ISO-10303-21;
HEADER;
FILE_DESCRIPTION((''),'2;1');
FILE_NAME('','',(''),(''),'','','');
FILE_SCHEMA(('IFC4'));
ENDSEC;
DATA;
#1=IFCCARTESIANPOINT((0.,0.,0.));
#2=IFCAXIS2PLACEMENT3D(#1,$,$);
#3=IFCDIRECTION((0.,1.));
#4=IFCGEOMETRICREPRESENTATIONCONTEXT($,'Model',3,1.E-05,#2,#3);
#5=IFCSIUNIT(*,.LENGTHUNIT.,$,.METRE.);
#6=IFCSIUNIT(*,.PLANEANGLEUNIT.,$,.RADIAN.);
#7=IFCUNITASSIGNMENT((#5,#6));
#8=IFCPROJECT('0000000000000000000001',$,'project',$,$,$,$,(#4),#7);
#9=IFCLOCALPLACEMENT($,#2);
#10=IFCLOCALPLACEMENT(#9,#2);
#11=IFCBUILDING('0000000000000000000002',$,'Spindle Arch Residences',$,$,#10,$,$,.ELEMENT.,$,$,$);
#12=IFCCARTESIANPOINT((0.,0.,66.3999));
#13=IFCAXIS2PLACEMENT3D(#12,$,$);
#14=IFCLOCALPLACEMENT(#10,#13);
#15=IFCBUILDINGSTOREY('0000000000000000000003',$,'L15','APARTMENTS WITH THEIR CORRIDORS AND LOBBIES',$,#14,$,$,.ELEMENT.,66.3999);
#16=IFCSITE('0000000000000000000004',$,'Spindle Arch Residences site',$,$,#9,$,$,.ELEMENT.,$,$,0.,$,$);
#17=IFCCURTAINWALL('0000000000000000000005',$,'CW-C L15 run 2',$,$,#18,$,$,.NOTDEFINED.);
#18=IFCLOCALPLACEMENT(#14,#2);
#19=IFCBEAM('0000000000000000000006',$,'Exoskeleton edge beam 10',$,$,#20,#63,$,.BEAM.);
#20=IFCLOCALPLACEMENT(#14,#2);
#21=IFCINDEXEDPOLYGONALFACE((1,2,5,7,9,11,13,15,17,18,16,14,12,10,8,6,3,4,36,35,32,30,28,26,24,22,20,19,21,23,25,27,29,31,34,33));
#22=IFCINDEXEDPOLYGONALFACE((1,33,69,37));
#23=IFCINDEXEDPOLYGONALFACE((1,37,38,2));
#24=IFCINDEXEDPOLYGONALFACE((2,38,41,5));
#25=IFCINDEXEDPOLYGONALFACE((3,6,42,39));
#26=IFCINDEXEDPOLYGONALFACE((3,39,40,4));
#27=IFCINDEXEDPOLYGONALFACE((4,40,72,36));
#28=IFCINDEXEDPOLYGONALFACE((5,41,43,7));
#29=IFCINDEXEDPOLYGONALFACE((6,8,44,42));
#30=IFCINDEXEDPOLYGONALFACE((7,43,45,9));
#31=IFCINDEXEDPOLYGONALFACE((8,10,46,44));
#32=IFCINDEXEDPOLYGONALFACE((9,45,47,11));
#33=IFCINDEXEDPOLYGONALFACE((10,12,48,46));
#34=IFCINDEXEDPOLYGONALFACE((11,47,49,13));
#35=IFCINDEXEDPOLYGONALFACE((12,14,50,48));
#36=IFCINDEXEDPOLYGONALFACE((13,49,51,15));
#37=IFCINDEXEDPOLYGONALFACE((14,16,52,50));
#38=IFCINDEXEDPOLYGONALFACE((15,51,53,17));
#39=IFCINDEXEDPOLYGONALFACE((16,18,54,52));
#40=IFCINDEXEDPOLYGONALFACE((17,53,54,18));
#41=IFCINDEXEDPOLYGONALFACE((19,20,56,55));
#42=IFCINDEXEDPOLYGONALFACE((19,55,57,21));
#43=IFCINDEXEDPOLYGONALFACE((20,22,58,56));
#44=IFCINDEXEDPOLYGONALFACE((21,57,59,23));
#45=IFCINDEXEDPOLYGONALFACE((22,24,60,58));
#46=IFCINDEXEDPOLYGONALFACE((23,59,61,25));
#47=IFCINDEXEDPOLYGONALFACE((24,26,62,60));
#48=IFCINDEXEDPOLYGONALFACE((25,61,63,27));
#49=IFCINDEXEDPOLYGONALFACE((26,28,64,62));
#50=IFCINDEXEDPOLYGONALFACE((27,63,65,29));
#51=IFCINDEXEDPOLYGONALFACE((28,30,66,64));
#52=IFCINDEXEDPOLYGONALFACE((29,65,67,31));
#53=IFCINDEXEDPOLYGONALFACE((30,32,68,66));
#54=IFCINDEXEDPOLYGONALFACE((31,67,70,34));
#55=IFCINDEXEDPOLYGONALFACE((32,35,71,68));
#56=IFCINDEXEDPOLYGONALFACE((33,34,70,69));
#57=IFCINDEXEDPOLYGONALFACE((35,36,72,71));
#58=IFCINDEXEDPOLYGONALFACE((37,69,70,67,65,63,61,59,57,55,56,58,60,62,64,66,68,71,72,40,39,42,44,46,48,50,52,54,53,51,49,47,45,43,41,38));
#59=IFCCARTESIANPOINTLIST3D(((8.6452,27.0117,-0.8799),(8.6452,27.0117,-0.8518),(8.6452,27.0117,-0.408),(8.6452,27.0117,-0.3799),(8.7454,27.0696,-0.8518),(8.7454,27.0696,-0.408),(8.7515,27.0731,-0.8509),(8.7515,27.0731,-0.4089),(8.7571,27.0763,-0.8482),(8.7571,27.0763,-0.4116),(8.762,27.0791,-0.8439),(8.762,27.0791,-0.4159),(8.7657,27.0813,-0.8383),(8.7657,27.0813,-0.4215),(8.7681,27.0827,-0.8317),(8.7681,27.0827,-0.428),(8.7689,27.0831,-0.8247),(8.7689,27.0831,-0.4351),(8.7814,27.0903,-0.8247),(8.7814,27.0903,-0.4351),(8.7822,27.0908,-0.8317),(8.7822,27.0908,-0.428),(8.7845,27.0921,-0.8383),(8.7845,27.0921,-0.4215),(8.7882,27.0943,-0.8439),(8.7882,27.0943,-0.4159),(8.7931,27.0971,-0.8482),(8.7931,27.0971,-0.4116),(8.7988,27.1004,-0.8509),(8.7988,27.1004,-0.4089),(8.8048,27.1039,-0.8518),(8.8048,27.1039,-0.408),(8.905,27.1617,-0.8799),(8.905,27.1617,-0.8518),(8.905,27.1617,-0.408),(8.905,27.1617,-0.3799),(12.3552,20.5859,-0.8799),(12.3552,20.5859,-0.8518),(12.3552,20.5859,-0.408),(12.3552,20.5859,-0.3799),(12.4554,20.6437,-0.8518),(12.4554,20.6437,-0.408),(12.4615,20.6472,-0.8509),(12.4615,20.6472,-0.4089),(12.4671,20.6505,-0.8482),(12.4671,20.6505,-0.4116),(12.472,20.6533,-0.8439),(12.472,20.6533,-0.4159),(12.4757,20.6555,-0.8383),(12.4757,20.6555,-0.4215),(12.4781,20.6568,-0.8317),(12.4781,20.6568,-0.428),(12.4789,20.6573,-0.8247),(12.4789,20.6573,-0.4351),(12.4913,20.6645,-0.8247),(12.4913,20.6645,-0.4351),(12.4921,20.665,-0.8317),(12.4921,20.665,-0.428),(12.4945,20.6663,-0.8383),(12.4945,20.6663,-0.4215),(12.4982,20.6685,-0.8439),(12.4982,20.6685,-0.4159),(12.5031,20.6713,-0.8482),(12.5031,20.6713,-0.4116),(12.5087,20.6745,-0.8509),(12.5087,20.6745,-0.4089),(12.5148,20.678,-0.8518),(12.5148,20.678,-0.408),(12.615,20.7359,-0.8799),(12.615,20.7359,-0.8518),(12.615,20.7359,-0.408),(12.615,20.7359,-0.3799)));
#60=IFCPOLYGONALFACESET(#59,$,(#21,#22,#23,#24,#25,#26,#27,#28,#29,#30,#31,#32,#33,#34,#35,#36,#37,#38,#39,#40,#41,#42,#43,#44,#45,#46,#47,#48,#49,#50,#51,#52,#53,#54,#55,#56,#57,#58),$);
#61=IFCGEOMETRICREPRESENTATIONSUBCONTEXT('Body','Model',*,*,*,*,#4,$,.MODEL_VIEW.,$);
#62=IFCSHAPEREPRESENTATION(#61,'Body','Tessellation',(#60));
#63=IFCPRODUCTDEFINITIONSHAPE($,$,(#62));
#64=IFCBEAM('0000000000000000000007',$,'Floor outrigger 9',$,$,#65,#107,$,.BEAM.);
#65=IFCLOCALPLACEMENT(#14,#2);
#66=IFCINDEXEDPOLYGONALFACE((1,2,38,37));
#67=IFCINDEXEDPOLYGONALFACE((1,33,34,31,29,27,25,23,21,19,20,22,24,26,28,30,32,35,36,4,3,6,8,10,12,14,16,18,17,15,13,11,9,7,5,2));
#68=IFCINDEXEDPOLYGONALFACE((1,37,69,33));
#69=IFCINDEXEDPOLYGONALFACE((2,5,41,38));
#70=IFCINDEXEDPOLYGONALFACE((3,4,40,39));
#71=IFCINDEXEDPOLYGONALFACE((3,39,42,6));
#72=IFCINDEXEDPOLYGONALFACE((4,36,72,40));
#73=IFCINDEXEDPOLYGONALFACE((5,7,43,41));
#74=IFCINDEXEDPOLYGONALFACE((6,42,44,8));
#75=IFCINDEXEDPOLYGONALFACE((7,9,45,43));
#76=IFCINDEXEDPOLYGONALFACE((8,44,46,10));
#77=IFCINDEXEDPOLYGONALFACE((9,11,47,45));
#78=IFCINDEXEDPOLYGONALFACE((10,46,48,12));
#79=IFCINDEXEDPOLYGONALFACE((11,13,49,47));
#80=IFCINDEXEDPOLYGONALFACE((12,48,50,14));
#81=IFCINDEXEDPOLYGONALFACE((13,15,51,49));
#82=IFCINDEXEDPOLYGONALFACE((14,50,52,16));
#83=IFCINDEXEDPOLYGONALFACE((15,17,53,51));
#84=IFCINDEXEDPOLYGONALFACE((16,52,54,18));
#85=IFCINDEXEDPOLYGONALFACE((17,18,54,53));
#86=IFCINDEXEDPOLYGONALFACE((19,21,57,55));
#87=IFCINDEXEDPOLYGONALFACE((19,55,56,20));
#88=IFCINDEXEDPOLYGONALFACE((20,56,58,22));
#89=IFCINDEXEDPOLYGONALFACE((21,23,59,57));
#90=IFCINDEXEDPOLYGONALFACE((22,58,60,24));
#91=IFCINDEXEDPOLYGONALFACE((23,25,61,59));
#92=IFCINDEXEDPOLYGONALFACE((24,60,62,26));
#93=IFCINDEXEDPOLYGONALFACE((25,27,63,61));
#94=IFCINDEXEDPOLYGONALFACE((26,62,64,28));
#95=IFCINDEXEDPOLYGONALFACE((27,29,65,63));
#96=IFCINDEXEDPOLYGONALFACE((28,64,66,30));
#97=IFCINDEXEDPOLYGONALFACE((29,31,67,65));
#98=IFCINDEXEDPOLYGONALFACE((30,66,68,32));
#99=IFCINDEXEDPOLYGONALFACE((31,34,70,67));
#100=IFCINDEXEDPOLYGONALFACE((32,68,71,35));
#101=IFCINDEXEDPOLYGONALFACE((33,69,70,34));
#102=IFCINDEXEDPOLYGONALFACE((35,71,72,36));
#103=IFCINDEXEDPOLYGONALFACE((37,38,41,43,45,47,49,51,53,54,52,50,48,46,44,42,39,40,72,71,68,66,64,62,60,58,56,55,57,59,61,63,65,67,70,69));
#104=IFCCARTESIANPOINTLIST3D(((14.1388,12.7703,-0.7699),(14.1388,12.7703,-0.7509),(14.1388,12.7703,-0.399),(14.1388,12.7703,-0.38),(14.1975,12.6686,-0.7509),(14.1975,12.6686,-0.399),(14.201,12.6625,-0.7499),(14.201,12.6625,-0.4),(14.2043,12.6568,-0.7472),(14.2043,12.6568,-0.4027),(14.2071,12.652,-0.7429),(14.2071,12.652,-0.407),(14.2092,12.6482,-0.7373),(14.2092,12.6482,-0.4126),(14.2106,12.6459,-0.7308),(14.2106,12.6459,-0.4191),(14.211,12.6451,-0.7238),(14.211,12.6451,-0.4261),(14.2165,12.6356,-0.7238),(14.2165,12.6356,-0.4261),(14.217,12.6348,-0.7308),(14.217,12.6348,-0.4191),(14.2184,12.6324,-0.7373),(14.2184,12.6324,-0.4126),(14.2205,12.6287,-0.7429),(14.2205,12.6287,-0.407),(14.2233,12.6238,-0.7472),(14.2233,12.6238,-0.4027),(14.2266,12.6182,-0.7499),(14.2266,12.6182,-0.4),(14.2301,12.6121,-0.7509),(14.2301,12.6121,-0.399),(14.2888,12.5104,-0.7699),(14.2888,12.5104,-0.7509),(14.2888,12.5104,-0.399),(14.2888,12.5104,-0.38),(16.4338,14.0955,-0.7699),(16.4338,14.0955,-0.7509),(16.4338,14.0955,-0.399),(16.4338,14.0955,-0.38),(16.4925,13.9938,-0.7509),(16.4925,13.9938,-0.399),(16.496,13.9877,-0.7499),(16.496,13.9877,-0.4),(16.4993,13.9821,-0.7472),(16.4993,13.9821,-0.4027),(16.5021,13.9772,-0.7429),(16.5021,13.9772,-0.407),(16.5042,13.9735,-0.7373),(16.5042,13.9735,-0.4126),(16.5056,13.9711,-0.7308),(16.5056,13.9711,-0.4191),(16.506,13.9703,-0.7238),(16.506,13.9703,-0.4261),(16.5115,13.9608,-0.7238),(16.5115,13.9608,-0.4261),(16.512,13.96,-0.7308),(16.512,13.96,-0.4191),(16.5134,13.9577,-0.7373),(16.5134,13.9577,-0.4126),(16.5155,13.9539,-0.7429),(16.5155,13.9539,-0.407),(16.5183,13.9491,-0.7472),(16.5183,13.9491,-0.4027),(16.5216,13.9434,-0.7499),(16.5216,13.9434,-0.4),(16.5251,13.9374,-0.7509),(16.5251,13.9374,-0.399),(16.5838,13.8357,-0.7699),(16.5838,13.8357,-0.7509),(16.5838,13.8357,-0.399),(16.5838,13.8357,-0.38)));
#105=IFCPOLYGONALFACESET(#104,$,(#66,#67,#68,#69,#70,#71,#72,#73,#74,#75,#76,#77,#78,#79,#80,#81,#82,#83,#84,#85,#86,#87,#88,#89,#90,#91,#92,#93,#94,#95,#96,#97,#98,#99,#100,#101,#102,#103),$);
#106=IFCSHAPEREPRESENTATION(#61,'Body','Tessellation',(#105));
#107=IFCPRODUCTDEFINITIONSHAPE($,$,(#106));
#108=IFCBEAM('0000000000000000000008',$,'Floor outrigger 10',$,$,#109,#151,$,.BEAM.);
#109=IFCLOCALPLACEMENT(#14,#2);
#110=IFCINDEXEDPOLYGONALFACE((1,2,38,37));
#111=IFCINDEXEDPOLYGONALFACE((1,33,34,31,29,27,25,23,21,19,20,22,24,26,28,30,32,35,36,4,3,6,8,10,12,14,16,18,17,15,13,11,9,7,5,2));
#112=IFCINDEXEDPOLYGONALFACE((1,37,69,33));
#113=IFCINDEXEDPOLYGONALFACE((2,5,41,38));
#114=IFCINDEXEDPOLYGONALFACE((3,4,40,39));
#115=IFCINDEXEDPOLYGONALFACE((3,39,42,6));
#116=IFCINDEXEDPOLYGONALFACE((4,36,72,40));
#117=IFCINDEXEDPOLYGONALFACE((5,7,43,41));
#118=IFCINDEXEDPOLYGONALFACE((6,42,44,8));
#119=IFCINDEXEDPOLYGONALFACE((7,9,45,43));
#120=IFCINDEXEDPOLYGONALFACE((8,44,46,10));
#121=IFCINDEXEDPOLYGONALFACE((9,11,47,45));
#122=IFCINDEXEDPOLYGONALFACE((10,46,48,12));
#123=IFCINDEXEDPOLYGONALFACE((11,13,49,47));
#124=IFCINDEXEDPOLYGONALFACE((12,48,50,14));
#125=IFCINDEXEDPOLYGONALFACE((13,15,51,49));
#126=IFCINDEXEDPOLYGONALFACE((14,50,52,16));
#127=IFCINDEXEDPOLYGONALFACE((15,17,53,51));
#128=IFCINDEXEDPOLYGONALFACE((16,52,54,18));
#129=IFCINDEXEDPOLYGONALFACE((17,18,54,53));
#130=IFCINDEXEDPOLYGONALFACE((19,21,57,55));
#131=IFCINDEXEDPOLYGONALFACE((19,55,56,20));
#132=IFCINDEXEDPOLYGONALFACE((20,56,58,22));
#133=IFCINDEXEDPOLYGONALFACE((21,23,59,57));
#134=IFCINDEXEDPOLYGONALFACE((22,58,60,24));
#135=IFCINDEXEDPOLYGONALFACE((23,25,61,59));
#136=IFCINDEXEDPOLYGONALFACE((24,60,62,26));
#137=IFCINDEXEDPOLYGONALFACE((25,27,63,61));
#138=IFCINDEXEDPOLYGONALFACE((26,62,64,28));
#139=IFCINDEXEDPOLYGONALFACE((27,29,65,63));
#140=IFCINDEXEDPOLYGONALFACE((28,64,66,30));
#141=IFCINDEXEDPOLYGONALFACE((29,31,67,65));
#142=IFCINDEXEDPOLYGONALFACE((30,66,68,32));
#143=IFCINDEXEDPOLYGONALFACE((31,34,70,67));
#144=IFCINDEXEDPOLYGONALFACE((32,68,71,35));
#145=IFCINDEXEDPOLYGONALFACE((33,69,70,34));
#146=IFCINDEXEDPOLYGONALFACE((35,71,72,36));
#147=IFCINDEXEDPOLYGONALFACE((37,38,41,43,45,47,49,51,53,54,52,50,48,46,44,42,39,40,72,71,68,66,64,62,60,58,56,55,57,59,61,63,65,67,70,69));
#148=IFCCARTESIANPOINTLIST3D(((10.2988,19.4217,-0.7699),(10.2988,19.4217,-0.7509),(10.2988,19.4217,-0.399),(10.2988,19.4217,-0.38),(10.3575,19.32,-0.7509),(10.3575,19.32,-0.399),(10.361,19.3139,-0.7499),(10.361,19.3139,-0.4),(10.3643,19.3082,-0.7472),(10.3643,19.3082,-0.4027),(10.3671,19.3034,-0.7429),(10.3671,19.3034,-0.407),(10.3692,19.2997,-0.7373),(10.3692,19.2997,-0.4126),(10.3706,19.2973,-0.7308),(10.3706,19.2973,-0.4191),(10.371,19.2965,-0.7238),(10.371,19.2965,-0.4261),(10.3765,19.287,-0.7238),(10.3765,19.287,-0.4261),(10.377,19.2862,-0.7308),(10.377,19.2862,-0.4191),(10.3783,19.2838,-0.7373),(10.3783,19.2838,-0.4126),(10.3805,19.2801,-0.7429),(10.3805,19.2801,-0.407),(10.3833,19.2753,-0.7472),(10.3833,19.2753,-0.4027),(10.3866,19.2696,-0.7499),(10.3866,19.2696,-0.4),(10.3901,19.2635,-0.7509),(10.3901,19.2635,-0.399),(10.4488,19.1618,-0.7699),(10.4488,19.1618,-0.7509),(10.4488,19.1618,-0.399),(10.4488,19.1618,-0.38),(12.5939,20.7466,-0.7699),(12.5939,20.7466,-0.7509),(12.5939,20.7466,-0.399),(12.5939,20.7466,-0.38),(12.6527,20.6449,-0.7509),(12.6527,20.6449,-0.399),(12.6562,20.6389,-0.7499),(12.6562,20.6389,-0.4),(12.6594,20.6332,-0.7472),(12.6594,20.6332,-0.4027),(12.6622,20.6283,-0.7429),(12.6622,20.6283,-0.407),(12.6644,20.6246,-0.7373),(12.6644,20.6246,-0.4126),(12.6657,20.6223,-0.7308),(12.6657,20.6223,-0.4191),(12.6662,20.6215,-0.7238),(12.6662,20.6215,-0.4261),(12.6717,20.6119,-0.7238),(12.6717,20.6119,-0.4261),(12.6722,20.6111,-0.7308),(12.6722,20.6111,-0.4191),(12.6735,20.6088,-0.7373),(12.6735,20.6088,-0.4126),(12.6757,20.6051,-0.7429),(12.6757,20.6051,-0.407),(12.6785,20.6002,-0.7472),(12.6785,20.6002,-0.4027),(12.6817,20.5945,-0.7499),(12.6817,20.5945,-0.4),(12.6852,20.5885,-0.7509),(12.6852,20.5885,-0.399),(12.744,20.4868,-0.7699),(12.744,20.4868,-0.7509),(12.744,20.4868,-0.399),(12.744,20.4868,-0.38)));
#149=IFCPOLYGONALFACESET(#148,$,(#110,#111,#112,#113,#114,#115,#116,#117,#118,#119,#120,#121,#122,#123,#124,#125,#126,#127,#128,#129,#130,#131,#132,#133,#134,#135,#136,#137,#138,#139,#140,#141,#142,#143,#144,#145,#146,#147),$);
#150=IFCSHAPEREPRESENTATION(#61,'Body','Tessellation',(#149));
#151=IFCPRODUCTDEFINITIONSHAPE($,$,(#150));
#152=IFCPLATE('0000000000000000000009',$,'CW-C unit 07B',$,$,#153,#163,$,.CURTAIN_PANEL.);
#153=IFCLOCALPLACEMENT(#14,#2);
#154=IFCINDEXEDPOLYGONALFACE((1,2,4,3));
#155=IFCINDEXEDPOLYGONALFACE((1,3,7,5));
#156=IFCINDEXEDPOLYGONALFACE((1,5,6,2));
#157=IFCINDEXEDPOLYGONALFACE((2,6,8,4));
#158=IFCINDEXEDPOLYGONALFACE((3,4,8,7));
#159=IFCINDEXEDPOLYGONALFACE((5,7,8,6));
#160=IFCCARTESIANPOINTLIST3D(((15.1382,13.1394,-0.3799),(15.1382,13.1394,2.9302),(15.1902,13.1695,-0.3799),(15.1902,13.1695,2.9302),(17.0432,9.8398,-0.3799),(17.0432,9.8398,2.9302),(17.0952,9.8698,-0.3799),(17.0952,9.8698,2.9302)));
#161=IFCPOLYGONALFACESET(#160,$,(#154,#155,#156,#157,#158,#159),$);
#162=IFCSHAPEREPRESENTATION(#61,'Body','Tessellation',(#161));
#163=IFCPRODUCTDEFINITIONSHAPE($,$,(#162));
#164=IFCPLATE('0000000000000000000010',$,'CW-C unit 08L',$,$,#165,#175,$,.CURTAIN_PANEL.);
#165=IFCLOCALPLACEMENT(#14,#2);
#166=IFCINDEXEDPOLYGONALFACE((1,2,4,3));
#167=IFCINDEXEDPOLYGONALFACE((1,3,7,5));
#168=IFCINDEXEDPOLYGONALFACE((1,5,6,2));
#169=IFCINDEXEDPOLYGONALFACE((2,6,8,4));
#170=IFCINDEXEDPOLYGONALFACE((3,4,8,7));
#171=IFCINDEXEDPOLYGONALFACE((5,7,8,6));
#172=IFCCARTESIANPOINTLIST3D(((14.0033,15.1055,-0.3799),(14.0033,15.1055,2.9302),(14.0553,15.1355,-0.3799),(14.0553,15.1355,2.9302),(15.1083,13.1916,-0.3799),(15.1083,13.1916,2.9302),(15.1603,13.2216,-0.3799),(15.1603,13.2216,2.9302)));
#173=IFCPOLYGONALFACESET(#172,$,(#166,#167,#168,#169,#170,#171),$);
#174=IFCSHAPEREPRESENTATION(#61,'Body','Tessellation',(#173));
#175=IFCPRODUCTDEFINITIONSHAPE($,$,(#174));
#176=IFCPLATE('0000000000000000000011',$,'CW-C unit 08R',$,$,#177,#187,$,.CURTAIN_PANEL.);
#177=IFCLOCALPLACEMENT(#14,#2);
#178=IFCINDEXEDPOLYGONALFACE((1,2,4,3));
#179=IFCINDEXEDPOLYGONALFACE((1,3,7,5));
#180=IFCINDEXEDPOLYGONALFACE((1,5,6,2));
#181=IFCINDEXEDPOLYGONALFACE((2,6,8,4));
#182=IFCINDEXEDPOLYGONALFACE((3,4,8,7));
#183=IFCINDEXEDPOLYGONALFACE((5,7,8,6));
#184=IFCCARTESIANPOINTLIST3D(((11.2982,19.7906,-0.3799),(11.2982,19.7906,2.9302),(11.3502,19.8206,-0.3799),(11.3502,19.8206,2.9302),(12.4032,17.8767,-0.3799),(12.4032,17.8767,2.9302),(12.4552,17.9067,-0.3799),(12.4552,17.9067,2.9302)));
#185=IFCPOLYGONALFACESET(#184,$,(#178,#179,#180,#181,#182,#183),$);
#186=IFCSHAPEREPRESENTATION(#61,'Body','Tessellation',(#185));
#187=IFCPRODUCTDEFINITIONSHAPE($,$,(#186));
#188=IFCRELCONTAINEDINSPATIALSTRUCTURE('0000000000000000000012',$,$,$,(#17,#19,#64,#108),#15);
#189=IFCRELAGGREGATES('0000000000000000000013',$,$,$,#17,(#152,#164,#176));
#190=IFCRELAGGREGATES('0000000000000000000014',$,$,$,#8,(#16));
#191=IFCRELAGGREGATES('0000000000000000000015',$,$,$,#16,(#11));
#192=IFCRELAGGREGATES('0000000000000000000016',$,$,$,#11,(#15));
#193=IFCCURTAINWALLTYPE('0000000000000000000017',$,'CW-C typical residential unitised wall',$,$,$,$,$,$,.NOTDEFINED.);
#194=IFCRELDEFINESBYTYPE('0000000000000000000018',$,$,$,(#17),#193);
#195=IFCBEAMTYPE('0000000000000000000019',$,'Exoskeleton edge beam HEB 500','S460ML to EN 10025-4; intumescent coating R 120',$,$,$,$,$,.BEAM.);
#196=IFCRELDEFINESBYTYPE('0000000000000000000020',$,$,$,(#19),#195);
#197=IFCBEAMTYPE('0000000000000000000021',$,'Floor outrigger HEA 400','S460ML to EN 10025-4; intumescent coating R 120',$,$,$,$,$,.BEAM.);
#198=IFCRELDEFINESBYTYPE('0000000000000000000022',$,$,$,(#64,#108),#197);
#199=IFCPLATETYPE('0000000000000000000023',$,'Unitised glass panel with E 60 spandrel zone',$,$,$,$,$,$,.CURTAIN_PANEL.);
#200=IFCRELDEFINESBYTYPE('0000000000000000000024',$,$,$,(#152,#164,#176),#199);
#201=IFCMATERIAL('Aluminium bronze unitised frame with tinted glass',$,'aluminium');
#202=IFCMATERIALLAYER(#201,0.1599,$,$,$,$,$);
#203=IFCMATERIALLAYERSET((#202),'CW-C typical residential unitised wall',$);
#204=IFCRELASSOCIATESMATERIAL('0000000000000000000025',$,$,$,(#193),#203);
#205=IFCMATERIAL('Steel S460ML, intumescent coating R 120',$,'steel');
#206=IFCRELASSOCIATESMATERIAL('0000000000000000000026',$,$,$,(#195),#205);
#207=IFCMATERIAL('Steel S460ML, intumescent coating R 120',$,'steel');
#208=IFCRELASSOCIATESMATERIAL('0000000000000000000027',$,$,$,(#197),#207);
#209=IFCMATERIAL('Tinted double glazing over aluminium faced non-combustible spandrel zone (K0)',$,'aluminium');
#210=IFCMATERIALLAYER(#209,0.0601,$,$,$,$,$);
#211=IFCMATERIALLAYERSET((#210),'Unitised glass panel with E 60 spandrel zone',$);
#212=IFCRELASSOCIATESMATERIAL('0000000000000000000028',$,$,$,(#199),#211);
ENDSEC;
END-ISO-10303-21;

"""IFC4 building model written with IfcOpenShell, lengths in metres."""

from ifc_helpers import new_model, si_unit, direction, frame, origin, origin_2d, place, context, subcontext, project, spatial, rectangle, i_section, extrude, material, layer, layer_set, material_profile, profile_set, type_object, element, aggregate, save


model = new_model("IFC4")

# Units and contexts
model_context = context("Model", 3, precision=1e-05, world=origin(), true_north=direction((0.0, 1.0)))
body_context = subcontext(model_context, "Body", "Model", "MODEL_VIEW")
ifc_project = project(units=[si_unit("LENGTHUNIT", "METRE"), si_unit("PLANEANGLEUNIT", "RADIAN")], contexts=[model_context])

# Site, building, storey
site_placement = place(None, origin())
site = spatial("IfcSite", under=ifc_project, at=site_placement, Name="Spindle Arch Residences site", CompositionType="ELEMENT", RefElevation=0.0)
building_placement = place(site_placement, origin())
building = spatial("IfcBuilding", under=site, at=building_placement, Name="Spindle Arch Residences", CompositionType="ELEMENT")
storey_placement = place(building_placement, frame((0.0, 0.0, 66.3999)))
storey = spatial("IfcBuildingStorey", under=building, at=storey_placement, Name="L15", Description="APARTMENTS WITH THEIR CORRIDORS AND LOBBIES", CompositionType="ELEMENT", Elevation=66.3999)

# Curtain wall
ifc_material_1 = material(Name="Aluminium bronze unitised frame with tinted glass", Category="aluminium")
ifc_layer_1 = layer(ifc_material_1, 0.1599)
ifc_layer_set_1 = layer_set([ifc_layer_1], Name="CW-C typical residential unitised wall")
curtain_wall_type = type_object("IfcCurtainWallType", Name="CW-C typical residential unitised wall", PredefinedType="NOTDEFINED", material=ifc_layer_set_1)
curtain_wall_placement = place(storey_placement, origin())
curtain_wall = element("IfcCurtainWall", 1, at=curtain_wall_placement, inside=storey, type_object=curtain_wall_type, Name="CW-C L15 run 2", PredefinedType="NOTDEFINED")

# Beams
ifc_material_2 = material(Name="Steel S460ML, intumescent coating R 120", Category="steel")
ifc_material_profile_1 = material_profile(ifc_material_2, i_section(OverallWidth=0.3, OverallDepth=0.5, WebThickness=0.0144, FlangeThickness=0.0281, FilletRadius=0.0271, at=origin_2d()), Name="HEB 500")
ifc_profile_set_1 = profile_set([ifc_material_profile_1], Name="Steel S460ML, intumescent coating R 120")
beam_type_1 = type_object("IfcBeamType", Name="Exoskeleton edge beam HEB 500", Description="S460ML to EN 10025-4; intumescent coating R 120", PredefinedType="BEAM", material=ifc_profile_set_1)
beam_1_placement = place(storey_placement, frame((12.4851, 20.6609, -0.6299), z_axis=(-0.500003, 0.866023, 0.0), x_axis=(-0.866023, -0.500003, 0.0)))
element("IfcBeam", 2, at=beam_1_placement, inside=storey, type_object=beam_type_1, Name="Exoskeleton edge beam 10", PredefinedType="BEAM", context=body_context, shape_type="SweptSolid", body=[
    extrude(i_section(OverallWidth=0.3, OverallDepth=0.5, WebThickness=0.0144, FlangeThickness=0.0281, FilletRadius=0.0271, at=origin_2d()), origin(), (0.0, 0.0, 1.0), 7.4199),
])
ifc_material_3 = material(Name="Steel S460ML, intumescent coating R 120", Category="steel")
ifc_material_profile_2 = material_profile(ifc_material_3, i_section(OverallWidth=0.3, OverallDepth=0.3899, WebThickness=0.011, FlangeThickness=0.019, FilletRadius=0.0271, at=origin_2d()), Name="HEA 400")
ifc_profile_set_2 = profile_set([ifc_material_profile_2], Name="Steel S460ML, intumescent coating R 120")
beam_type_2 = type_object("IfcBeamType", Name="Floor outrigger HEA 400", Description="S460ML to EN 10025-4; intumescent coating R 120", PredefinedType="BEAM", material=ifc_profile_set_2)
for number, where, z_axis, x_axis, name in (
    (3, (16.5088, 13.9656, -0.575), (-0.865989, -0.500063, 0.0), (0.500063, -0.865989, 0.0), "Floor outrigger 9"),
    (4, (12.6689, 20.6167, -0.575), (-0.866052, -0.499954, 0.0), (0.499954, -0.866052, 0.0), "Floor outrigger 10"),
):
    element("IfcBeam", number, at=place(storey_placement, frame(where, z_axis=z_axis, x_axis=x_axis)), inside=storey, type_object=beam_type_2, Name=name, PredefinedType="BEAM", context=body_context, shape_type="SweptSolid", body=[
        extrude(i_section(OverallWidth=0.3, OverallDepth=0.3899, WebThickness=0.011, FlangeThickness=0.019, FilletRadius=0.0271, at=origin_2d()), origin(), (0.0, 0.0, 1.0), 2.6501),
    ])

# Plates
ifc_material_4 = material(Name="Tinted double glazing over aluminium faced non-combustible spandrel zone (K0)", Category="aluminium")
ifc_layer_2 = layer(ifc_material_4, 0.0601)
ifc_layer_set_2 = layer_set([ifc_layer_2], Name="Unitised glass panel with E 60 spandrel zone")
plate_type = type_object("IfcPlateType", Name="Unitised glass panel with E 60 spandrel zone", PredefinedType="CURTAIN_PANEL", material=ifc_layer_set_2)
plate_1_placement = place(storey_placement, frame((16.1167, 11.5046, -0.3799), z_axis=(0.0, 0.0, 1.0), x_axis=(-0.5, 0.866025, 0.0)))
plate_1 = element("IfcPlate", 5, at=plate_1_placement, type_object=plate_type, Name="CW-C unit 07B", PredefinedType="CURTAIN_PANEL", context=body_context, shape_type="SweptSolid", body=[
    extrude(rectangle(XDim=3.8101, YDim=0.0601, at=origin_2d()), origin(), (0.0, 0.0, 1.0), 3.3101),
])
plate_2_placement = place(storey_placement, frame((14.5818, 14.1636, -0.3799), z_axis=(0.0, 0.0, 1.0), x_axis=(-0.5, 0.866025, 0.0)))
plate_2 = element("IfcPlate", 6, at=plate_2_placement, type_object=plate_type, Name="CW-C unit 08L", PredefinedType="CURTAIN_PANEL", context=body_context, shape_type="SweptSolid", body=[
    extrude(rectangle(XDim=2.21, YDim=0.0601, at=origin_2d()), origin(), (0.0, 0.0, 1.0), 3.3101),
])
plate_3_placement = place(storey_placement, frame((11.8767, 18.8486, -0.3799), z_axis=(0.0, 0.0, 1.0), x_axis=(-0.5, 0.866025, 0.0)))
plate_3 = element("IfcPlate", 7, at=plate_3_placement, type_object=plate_type, Name="CW-C unit 08R", PredefinedType="CURTAIN_PANEL", context=body_context, shape_type="SweptSolid", body=[
    extrude(rectangle(XDim=2.21, YDim=0.0601, at=origin_2d()), origin(), (0.0, 0.0, 1.0), 3.3101),
])
aggregate(curtain_wall, [plate_1, plate_2, plate_3])

save(model, "model.ifc")
